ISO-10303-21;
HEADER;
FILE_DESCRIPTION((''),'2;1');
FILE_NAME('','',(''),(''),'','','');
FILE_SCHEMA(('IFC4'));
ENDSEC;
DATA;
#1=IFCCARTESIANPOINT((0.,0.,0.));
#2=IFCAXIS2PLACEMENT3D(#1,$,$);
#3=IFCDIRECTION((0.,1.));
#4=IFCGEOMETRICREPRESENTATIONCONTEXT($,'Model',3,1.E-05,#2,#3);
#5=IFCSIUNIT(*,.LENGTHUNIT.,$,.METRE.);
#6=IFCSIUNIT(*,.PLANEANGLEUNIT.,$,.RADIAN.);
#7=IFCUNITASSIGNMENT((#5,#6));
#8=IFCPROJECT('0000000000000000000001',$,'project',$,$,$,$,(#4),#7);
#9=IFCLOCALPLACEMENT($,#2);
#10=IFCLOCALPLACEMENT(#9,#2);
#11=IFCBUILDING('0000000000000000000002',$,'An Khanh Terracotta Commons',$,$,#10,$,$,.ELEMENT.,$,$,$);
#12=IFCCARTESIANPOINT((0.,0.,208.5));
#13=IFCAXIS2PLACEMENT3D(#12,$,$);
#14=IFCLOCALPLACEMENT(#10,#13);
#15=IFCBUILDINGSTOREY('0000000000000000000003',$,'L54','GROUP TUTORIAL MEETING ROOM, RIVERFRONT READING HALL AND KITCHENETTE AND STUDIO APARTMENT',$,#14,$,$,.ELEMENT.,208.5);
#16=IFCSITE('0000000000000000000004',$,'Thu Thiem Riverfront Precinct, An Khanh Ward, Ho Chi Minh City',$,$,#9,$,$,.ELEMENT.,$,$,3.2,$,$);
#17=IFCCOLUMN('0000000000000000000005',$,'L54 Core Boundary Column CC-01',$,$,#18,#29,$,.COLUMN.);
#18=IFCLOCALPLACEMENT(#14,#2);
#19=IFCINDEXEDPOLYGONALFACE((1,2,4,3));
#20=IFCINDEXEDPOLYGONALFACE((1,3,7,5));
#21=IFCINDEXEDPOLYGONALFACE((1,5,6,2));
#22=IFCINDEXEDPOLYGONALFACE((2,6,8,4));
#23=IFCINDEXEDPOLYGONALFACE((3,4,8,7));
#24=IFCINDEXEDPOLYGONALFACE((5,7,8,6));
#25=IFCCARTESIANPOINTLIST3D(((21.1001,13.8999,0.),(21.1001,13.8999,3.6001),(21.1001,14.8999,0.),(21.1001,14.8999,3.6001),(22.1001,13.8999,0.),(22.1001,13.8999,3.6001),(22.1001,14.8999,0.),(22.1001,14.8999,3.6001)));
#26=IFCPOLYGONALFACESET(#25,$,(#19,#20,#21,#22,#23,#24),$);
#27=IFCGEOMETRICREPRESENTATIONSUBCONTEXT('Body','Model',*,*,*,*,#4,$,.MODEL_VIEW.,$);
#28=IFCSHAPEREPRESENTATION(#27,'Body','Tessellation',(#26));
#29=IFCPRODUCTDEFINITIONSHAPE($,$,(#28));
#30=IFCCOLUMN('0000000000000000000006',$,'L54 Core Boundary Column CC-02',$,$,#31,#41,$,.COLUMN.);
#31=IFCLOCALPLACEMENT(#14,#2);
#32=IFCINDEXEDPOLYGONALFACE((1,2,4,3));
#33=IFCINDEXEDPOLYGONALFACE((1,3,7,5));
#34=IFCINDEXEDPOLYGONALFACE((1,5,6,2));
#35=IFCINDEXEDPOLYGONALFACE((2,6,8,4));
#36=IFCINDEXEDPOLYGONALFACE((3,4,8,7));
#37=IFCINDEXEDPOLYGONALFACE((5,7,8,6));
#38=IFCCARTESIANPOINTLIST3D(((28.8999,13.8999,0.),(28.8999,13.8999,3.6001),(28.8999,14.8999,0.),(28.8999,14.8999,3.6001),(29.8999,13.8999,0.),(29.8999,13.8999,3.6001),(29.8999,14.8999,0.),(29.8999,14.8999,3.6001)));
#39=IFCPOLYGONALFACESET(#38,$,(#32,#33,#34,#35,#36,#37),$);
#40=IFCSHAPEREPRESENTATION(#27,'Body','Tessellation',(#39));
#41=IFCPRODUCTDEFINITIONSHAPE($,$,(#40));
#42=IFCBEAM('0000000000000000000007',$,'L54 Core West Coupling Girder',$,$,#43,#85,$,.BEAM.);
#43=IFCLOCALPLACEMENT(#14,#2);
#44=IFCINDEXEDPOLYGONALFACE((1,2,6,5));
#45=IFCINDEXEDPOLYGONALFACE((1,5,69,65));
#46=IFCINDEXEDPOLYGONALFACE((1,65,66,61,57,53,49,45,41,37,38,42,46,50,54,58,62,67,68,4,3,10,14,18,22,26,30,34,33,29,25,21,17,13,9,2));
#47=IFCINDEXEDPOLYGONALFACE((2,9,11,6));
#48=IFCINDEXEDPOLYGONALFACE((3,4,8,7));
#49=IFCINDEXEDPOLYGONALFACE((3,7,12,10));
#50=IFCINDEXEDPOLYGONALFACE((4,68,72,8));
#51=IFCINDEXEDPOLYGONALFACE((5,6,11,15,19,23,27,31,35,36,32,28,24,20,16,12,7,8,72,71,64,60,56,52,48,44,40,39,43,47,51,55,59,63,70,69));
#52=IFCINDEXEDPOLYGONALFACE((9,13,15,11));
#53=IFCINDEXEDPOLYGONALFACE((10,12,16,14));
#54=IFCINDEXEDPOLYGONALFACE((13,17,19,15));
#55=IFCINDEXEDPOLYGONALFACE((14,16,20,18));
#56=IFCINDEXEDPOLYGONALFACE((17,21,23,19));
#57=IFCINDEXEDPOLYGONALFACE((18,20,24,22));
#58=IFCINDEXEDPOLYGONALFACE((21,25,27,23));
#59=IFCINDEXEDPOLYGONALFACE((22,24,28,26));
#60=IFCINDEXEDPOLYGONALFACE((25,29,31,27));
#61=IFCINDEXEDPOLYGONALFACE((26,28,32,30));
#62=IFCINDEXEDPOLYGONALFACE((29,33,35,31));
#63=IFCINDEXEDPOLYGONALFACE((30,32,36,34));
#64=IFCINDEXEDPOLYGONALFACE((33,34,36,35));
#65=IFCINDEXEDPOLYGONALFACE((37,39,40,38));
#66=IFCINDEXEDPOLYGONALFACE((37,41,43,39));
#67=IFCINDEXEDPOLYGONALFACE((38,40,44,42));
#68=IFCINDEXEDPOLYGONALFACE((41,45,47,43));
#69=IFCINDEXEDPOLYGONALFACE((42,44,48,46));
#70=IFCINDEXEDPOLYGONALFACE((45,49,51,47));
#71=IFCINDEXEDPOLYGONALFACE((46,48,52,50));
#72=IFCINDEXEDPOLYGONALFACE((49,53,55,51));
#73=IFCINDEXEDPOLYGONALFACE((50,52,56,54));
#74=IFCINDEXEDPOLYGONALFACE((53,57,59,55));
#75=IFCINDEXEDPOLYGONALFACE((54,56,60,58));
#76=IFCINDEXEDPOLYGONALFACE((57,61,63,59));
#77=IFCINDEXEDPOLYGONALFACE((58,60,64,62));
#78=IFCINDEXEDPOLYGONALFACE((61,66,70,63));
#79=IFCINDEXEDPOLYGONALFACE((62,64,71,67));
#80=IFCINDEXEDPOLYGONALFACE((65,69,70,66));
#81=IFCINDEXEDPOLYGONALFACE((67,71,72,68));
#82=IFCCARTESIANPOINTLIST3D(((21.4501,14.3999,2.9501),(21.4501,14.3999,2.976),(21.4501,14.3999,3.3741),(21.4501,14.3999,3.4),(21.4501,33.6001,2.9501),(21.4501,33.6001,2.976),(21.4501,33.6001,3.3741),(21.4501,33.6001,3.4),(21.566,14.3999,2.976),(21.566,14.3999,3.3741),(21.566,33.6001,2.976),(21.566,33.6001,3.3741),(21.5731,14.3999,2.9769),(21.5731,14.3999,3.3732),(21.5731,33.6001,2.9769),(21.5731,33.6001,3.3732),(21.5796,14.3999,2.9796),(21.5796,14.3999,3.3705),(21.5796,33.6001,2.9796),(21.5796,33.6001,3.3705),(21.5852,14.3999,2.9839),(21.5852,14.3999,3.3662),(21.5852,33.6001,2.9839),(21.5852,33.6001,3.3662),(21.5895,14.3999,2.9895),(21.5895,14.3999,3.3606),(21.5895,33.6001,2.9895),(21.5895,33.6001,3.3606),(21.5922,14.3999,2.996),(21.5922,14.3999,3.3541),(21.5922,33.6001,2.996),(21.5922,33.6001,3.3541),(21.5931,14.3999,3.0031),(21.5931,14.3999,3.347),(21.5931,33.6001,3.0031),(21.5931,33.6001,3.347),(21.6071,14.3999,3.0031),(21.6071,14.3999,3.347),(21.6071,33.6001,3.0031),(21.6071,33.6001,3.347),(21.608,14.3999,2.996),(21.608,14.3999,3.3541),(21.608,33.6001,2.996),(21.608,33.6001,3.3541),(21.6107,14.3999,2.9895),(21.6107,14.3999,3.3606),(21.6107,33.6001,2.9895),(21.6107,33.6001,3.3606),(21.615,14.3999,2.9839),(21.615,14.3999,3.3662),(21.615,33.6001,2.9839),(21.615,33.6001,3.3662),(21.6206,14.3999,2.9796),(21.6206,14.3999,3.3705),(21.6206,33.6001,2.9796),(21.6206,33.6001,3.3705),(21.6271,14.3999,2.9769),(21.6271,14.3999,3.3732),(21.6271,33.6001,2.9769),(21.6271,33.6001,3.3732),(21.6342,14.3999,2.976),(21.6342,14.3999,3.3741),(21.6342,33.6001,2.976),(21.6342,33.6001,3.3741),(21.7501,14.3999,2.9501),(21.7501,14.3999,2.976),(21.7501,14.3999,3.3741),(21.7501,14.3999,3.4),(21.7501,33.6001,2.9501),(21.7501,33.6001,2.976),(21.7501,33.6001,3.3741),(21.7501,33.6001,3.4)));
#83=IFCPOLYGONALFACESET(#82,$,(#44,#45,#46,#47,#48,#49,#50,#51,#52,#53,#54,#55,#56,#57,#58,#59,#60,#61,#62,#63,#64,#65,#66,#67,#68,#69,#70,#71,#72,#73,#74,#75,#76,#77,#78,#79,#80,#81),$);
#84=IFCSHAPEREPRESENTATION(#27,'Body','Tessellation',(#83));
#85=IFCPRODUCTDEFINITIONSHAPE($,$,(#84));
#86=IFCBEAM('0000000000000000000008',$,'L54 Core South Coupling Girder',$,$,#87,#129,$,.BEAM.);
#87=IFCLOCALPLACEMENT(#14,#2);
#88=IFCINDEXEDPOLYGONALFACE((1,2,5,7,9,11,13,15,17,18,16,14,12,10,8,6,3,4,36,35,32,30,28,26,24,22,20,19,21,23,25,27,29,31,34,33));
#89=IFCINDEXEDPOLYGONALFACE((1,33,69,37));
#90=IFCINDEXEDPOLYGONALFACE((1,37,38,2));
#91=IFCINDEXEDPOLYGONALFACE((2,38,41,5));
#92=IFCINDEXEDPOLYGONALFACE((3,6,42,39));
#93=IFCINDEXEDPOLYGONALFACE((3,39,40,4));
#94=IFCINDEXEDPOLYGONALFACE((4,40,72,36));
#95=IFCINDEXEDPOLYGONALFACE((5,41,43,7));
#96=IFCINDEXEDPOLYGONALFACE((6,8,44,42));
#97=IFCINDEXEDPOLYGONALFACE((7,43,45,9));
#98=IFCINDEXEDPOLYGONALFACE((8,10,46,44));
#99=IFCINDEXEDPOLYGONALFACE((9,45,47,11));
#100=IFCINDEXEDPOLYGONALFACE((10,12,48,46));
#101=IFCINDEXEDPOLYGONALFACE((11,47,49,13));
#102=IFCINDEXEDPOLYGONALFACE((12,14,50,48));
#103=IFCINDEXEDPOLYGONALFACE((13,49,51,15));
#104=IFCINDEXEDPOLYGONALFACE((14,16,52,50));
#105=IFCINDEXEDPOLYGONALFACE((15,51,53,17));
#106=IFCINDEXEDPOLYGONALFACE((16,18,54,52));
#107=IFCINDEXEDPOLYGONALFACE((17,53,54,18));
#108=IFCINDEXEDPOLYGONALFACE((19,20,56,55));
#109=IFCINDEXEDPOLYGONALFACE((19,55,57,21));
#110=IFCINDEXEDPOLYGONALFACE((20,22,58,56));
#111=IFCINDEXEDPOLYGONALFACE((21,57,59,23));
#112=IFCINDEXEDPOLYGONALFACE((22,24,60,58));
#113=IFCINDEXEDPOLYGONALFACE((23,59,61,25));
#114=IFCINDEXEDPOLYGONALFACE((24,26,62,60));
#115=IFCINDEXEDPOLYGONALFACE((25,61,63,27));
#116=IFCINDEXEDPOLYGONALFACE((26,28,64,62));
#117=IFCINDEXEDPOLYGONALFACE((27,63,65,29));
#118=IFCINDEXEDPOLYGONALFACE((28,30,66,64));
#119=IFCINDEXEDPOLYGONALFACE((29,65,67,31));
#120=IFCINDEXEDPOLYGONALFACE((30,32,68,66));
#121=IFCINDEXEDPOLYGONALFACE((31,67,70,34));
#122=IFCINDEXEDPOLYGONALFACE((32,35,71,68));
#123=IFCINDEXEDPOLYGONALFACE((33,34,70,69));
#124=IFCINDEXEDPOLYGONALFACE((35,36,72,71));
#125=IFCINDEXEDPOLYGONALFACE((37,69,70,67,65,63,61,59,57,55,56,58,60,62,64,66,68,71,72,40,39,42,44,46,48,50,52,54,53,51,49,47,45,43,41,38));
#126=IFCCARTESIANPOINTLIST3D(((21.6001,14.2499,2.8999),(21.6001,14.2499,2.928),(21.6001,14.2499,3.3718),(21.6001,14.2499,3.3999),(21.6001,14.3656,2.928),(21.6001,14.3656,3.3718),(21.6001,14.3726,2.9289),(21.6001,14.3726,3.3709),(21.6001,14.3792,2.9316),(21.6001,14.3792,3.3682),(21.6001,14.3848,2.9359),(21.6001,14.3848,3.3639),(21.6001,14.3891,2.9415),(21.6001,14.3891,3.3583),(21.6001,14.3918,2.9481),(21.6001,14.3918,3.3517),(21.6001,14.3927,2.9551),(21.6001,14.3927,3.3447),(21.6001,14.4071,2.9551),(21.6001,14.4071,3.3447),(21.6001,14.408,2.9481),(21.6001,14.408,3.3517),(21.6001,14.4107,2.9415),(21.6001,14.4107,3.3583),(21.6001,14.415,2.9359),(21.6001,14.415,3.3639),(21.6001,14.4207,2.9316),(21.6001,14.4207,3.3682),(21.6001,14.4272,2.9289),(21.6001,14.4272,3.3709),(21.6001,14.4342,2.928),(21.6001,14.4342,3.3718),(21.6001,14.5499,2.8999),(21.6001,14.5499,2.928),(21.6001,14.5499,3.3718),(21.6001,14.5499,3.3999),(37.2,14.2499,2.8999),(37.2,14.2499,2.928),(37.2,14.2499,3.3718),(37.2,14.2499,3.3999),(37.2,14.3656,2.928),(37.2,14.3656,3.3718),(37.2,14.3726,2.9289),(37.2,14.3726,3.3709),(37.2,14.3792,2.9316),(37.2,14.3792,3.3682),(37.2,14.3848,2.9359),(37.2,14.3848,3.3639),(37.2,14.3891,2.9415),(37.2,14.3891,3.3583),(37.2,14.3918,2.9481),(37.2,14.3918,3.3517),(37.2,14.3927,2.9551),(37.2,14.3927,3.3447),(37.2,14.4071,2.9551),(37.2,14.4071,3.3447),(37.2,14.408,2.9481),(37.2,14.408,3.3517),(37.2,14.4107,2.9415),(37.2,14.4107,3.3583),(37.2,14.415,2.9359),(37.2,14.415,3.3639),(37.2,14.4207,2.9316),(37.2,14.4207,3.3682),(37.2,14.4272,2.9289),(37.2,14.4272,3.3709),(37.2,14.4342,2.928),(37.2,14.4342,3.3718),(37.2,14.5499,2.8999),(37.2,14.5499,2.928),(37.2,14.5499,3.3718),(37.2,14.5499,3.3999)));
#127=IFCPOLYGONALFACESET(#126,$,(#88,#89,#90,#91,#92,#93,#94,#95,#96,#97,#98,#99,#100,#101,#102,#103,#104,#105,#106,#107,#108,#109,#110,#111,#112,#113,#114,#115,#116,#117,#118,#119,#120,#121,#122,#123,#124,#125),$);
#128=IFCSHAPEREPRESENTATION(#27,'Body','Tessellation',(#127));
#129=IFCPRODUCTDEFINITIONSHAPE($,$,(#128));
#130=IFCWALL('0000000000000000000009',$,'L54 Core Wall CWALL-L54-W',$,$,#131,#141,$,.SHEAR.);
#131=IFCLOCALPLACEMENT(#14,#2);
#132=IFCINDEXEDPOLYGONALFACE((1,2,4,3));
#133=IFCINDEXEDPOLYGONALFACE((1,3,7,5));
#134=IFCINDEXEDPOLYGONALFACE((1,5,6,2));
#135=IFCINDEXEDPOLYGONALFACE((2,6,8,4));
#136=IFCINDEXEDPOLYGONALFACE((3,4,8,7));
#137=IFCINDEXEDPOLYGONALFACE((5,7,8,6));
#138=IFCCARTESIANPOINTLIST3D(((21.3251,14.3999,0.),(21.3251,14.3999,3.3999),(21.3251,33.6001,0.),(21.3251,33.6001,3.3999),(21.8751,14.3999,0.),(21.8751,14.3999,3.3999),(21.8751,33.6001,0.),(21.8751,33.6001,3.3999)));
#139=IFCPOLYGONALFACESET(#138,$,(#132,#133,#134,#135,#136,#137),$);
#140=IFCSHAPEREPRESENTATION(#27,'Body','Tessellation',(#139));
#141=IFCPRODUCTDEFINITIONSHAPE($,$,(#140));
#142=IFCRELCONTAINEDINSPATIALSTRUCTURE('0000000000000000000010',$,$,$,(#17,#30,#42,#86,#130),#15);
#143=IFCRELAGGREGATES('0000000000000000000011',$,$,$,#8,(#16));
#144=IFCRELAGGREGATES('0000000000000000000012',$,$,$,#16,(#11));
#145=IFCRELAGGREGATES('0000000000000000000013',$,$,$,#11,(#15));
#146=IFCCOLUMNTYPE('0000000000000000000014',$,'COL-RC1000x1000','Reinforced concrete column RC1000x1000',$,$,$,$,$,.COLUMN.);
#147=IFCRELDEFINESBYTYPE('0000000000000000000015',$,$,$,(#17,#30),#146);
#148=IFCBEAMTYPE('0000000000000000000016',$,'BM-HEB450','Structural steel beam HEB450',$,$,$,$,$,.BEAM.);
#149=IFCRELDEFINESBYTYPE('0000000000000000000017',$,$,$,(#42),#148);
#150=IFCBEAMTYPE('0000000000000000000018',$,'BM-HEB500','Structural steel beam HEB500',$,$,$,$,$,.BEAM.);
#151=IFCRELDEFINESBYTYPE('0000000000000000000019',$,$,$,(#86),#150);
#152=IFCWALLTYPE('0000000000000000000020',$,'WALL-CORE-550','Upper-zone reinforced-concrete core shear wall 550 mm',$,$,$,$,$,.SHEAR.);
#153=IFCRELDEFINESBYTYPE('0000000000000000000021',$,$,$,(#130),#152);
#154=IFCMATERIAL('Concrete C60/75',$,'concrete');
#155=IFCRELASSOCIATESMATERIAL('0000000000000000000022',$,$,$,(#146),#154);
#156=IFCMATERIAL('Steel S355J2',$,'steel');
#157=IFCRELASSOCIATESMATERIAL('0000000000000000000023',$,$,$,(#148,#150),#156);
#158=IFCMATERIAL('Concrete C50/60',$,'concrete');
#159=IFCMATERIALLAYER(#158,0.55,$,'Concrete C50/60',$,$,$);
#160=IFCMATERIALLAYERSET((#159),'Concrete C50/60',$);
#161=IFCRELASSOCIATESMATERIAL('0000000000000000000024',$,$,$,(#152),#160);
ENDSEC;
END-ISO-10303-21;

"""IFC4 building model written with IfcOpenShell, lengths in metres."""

from ifc_helpers import new_model, si_unit, direction, frame, frame_2d, origin, origin_2d, place, context, subcontext, project, spatial, rectangle, i_section, extrude, material, layer, layer_set, material_profile, profile_set, type_object, element, save


model = new_model("IFC4")

# Units and contexts
model_context = context("Model", 3, precision=1e-05, world=origin(), true_north=direction((0.0, 1.0)))
body_context = subcontext(model_context, "Body", "Model", "MODEL_VIEW")
ifc_project = project(units=[si_unit("LENGTHUNIT", "METRE"), si_unit("PLANEANGLEUNIT", "RADIAN")], contexts=[model_context])

# Site, building, storey
site_placement = place(None, origin())
site = spatial("IfcSite", under=ifc_project, at=site_placement, Name="Thu Thiem Riverfront Precinct, An Khanh Ward, Ho Chi Minh City", CompositionType="ELEMENT", RefElevation=3.2)
building_placement = place(site_placement, origin())
building = spatial("IfcBuilding", under=site, at=building_placement, Name="An Khanh Terracotta Commons", CompositionType="ELEMENT")
storey_placement = place(building_placement, frame((0.0, 0.0, 208.5)))
storey = spatial("IfcBuildingStorey", under=building, at=storey_placement, Name="L54", Description="GROUP TUTORIAL MEETING ROOM, RIVERFRONT READING HALL AND KITCHENETTE AND STUDIO APARTMENT", CompositionType="ELEMENT", Elevation=208.5)

# Columns
ifc_material_1 = material(Name="Concrete C60/75", Category="concrete")
ifc_material_profile_1 = material_profile(ifc_material_1, rectangle(XDim=1.0, YDim=1.0, at=origin_2d()), Name="RC1000x1000")
ifc_profile_set_1 = profile_set([ifc_material_profile_1], Name="Concrete C60/75")
column_type = type_object("IfcColumnType", Name="COL-RC1000x1000", Description="Reinforced concrete column RC1000x1000", PredefinedType="COLUMN", material=ifc_profile_set_1)
for number, where, z_axis, x_axis, name in (
    (1, (21.6001, 14.3999, 0.0), (0.0, 0.0, 1.0), (1.0, 0.0, 0.0), "L54 Core Boundary Column CC-01"),
    (2, (29.3999, 14.3999, 0.0), (0.0, 0.0, 1.0), (1.0, 0.0, 0.0), "L54 Core Boundary Column CC-02"),
):
    element("IfcColumn", number, at=place(storey_placement, frame(where, z_axis=z_axis, x_axis=x_axis)), inside=storey, type_object=column_type, Name=name, PredefinedType="COLUMN", context=body_context, shape_type="SweptSolid", body=[
        extrude(rectangle(XDim=1.0, YDim=1.0, at=origin_2d()), origin(), (0.0, 0.0, 1.0), 3.6001),
    ])

# Beams
ifc_material_2 = material(Name="Steel S355J2", Category="steel")
ifc_material_profile_2 = material_profile(ifc_material_2, i_section(OverallWidth=0.3, OverallDepth=0.45, WebThickness=0.0139, FlangeThickness=0.0259, FilletRadius=0.0271, at=origin_2d()), Name="HEB450")
ifc_profile_set_2 = profile_set([ifc_material_profile_2], Name="Steel S355J2")
beam_type_1 = type_object("IfcBeamType", Name="BM-HEB450", Description="Structural steel beam HEB450", PredefinedType="BEAM", material=ifc_profile_set_2)
beam_1_placement = place(storey_placement, frame((21.6001, 14.3999, 3.175), z_axis=(0.0, 1.0, 0.0), x_axis=(-1.0, 0.0, 0.0)))
element("IfcBeam", 3, at=beam_1_placement, inside=storey, type_object=beam_type_1, Name="L54 Core West Coupling Girder", PredefinedType="BEAM", context=body_context, shape_type="SweptSolid", body=[
    extrude(i_section(OverallWidth=0.3, OverallDepth=0.45, WebThickness=0.0139, FlangeThickness=0.0259, FilletRadius=0.0271, at=origin_2d()), origin(), (0.0, 0.0, 1.0), 19.2002),
])
ifc_material_profile_3 = material_profile(ifc_material_2, i_section(OverallWidth=0.3, OverallDepth=0.5, WebThickness=0.0144, FlangeThickness=0.0281, FilletRadius=0.0271, at=origin_2d()), Name="HEB500")
ifc_profile_set_3 = profile_set([ifc_material_profile_3], Name="Steel S355J2")
beam_type_2 = type_object("IfcBeamType", Name="BM-HEB500", Description="Structural steel beam HEB500", PredefinedType="BEAM", material=ifc_profile_set_3)
beam_2_placement = place(storey_placement, frame((21.6001, 14.3999, 3.1499), z_axis=(1.0, 0.0, 0.0), x_axis=(0.0, 1.0, 0.0)))
element("IfcBeam", 4, at=beam_2_placement, inside=storey, type_object=beam_type_2, Name="L54 Core South Coupling Girder", PredefinedType="BEAM", context=body_context, shape_type="SweptSolid", body=[
    extrude(i_section(OverallWidth=0.3, OverallDepth=0.5, WebThickness=0.0144, FlangeThickness=0.0281, FilletRadius=0.0271, at=origin_2d()), origin(), (0.0, 0.0, 1.0), 15.5999),
])

# Wall
ifc_material_3 = material(Name="Concrete C50/60", Category="concrete")
ifc_layer_1 = layer(ifc_material_3, 0.55, Name="Concrete C50/60")
ifc_layer_set_1 = layer_set([ifc_layer_1], Name="Concrete C50/60")
wall_type_1 = type_object("IfcWallType", Name="WALL-CORE-550", Description="Upper-zone reinforced-concrete core shear wall 550 mm", PredefinedType="SHEAR", material=ifc_layer_set_1)
wall_1_placement = place(storey_placement, frame((21.6001, 14.3999, 0.0), z_axis=(0.0, 0.0, 1.0), x_axis=(0.0, 1.0, 0.0)))
element("IfcWall", 5, at=wall_1_placement, inside=storey, type_object=wall_type_1, Name="L54 Core Wall CWALL-L54-W", PredefinedType="SHEAR", context=body_context, shape_type="SweptSolid", body=[
    extrude(rectangle(XDim=19.2002, YDim=0.55, at=frame_2d((9.6001, 0.0))), origin(), (0.0, 0.0, 1.0), 3.3999),
])

save(model, "model.ifc")
